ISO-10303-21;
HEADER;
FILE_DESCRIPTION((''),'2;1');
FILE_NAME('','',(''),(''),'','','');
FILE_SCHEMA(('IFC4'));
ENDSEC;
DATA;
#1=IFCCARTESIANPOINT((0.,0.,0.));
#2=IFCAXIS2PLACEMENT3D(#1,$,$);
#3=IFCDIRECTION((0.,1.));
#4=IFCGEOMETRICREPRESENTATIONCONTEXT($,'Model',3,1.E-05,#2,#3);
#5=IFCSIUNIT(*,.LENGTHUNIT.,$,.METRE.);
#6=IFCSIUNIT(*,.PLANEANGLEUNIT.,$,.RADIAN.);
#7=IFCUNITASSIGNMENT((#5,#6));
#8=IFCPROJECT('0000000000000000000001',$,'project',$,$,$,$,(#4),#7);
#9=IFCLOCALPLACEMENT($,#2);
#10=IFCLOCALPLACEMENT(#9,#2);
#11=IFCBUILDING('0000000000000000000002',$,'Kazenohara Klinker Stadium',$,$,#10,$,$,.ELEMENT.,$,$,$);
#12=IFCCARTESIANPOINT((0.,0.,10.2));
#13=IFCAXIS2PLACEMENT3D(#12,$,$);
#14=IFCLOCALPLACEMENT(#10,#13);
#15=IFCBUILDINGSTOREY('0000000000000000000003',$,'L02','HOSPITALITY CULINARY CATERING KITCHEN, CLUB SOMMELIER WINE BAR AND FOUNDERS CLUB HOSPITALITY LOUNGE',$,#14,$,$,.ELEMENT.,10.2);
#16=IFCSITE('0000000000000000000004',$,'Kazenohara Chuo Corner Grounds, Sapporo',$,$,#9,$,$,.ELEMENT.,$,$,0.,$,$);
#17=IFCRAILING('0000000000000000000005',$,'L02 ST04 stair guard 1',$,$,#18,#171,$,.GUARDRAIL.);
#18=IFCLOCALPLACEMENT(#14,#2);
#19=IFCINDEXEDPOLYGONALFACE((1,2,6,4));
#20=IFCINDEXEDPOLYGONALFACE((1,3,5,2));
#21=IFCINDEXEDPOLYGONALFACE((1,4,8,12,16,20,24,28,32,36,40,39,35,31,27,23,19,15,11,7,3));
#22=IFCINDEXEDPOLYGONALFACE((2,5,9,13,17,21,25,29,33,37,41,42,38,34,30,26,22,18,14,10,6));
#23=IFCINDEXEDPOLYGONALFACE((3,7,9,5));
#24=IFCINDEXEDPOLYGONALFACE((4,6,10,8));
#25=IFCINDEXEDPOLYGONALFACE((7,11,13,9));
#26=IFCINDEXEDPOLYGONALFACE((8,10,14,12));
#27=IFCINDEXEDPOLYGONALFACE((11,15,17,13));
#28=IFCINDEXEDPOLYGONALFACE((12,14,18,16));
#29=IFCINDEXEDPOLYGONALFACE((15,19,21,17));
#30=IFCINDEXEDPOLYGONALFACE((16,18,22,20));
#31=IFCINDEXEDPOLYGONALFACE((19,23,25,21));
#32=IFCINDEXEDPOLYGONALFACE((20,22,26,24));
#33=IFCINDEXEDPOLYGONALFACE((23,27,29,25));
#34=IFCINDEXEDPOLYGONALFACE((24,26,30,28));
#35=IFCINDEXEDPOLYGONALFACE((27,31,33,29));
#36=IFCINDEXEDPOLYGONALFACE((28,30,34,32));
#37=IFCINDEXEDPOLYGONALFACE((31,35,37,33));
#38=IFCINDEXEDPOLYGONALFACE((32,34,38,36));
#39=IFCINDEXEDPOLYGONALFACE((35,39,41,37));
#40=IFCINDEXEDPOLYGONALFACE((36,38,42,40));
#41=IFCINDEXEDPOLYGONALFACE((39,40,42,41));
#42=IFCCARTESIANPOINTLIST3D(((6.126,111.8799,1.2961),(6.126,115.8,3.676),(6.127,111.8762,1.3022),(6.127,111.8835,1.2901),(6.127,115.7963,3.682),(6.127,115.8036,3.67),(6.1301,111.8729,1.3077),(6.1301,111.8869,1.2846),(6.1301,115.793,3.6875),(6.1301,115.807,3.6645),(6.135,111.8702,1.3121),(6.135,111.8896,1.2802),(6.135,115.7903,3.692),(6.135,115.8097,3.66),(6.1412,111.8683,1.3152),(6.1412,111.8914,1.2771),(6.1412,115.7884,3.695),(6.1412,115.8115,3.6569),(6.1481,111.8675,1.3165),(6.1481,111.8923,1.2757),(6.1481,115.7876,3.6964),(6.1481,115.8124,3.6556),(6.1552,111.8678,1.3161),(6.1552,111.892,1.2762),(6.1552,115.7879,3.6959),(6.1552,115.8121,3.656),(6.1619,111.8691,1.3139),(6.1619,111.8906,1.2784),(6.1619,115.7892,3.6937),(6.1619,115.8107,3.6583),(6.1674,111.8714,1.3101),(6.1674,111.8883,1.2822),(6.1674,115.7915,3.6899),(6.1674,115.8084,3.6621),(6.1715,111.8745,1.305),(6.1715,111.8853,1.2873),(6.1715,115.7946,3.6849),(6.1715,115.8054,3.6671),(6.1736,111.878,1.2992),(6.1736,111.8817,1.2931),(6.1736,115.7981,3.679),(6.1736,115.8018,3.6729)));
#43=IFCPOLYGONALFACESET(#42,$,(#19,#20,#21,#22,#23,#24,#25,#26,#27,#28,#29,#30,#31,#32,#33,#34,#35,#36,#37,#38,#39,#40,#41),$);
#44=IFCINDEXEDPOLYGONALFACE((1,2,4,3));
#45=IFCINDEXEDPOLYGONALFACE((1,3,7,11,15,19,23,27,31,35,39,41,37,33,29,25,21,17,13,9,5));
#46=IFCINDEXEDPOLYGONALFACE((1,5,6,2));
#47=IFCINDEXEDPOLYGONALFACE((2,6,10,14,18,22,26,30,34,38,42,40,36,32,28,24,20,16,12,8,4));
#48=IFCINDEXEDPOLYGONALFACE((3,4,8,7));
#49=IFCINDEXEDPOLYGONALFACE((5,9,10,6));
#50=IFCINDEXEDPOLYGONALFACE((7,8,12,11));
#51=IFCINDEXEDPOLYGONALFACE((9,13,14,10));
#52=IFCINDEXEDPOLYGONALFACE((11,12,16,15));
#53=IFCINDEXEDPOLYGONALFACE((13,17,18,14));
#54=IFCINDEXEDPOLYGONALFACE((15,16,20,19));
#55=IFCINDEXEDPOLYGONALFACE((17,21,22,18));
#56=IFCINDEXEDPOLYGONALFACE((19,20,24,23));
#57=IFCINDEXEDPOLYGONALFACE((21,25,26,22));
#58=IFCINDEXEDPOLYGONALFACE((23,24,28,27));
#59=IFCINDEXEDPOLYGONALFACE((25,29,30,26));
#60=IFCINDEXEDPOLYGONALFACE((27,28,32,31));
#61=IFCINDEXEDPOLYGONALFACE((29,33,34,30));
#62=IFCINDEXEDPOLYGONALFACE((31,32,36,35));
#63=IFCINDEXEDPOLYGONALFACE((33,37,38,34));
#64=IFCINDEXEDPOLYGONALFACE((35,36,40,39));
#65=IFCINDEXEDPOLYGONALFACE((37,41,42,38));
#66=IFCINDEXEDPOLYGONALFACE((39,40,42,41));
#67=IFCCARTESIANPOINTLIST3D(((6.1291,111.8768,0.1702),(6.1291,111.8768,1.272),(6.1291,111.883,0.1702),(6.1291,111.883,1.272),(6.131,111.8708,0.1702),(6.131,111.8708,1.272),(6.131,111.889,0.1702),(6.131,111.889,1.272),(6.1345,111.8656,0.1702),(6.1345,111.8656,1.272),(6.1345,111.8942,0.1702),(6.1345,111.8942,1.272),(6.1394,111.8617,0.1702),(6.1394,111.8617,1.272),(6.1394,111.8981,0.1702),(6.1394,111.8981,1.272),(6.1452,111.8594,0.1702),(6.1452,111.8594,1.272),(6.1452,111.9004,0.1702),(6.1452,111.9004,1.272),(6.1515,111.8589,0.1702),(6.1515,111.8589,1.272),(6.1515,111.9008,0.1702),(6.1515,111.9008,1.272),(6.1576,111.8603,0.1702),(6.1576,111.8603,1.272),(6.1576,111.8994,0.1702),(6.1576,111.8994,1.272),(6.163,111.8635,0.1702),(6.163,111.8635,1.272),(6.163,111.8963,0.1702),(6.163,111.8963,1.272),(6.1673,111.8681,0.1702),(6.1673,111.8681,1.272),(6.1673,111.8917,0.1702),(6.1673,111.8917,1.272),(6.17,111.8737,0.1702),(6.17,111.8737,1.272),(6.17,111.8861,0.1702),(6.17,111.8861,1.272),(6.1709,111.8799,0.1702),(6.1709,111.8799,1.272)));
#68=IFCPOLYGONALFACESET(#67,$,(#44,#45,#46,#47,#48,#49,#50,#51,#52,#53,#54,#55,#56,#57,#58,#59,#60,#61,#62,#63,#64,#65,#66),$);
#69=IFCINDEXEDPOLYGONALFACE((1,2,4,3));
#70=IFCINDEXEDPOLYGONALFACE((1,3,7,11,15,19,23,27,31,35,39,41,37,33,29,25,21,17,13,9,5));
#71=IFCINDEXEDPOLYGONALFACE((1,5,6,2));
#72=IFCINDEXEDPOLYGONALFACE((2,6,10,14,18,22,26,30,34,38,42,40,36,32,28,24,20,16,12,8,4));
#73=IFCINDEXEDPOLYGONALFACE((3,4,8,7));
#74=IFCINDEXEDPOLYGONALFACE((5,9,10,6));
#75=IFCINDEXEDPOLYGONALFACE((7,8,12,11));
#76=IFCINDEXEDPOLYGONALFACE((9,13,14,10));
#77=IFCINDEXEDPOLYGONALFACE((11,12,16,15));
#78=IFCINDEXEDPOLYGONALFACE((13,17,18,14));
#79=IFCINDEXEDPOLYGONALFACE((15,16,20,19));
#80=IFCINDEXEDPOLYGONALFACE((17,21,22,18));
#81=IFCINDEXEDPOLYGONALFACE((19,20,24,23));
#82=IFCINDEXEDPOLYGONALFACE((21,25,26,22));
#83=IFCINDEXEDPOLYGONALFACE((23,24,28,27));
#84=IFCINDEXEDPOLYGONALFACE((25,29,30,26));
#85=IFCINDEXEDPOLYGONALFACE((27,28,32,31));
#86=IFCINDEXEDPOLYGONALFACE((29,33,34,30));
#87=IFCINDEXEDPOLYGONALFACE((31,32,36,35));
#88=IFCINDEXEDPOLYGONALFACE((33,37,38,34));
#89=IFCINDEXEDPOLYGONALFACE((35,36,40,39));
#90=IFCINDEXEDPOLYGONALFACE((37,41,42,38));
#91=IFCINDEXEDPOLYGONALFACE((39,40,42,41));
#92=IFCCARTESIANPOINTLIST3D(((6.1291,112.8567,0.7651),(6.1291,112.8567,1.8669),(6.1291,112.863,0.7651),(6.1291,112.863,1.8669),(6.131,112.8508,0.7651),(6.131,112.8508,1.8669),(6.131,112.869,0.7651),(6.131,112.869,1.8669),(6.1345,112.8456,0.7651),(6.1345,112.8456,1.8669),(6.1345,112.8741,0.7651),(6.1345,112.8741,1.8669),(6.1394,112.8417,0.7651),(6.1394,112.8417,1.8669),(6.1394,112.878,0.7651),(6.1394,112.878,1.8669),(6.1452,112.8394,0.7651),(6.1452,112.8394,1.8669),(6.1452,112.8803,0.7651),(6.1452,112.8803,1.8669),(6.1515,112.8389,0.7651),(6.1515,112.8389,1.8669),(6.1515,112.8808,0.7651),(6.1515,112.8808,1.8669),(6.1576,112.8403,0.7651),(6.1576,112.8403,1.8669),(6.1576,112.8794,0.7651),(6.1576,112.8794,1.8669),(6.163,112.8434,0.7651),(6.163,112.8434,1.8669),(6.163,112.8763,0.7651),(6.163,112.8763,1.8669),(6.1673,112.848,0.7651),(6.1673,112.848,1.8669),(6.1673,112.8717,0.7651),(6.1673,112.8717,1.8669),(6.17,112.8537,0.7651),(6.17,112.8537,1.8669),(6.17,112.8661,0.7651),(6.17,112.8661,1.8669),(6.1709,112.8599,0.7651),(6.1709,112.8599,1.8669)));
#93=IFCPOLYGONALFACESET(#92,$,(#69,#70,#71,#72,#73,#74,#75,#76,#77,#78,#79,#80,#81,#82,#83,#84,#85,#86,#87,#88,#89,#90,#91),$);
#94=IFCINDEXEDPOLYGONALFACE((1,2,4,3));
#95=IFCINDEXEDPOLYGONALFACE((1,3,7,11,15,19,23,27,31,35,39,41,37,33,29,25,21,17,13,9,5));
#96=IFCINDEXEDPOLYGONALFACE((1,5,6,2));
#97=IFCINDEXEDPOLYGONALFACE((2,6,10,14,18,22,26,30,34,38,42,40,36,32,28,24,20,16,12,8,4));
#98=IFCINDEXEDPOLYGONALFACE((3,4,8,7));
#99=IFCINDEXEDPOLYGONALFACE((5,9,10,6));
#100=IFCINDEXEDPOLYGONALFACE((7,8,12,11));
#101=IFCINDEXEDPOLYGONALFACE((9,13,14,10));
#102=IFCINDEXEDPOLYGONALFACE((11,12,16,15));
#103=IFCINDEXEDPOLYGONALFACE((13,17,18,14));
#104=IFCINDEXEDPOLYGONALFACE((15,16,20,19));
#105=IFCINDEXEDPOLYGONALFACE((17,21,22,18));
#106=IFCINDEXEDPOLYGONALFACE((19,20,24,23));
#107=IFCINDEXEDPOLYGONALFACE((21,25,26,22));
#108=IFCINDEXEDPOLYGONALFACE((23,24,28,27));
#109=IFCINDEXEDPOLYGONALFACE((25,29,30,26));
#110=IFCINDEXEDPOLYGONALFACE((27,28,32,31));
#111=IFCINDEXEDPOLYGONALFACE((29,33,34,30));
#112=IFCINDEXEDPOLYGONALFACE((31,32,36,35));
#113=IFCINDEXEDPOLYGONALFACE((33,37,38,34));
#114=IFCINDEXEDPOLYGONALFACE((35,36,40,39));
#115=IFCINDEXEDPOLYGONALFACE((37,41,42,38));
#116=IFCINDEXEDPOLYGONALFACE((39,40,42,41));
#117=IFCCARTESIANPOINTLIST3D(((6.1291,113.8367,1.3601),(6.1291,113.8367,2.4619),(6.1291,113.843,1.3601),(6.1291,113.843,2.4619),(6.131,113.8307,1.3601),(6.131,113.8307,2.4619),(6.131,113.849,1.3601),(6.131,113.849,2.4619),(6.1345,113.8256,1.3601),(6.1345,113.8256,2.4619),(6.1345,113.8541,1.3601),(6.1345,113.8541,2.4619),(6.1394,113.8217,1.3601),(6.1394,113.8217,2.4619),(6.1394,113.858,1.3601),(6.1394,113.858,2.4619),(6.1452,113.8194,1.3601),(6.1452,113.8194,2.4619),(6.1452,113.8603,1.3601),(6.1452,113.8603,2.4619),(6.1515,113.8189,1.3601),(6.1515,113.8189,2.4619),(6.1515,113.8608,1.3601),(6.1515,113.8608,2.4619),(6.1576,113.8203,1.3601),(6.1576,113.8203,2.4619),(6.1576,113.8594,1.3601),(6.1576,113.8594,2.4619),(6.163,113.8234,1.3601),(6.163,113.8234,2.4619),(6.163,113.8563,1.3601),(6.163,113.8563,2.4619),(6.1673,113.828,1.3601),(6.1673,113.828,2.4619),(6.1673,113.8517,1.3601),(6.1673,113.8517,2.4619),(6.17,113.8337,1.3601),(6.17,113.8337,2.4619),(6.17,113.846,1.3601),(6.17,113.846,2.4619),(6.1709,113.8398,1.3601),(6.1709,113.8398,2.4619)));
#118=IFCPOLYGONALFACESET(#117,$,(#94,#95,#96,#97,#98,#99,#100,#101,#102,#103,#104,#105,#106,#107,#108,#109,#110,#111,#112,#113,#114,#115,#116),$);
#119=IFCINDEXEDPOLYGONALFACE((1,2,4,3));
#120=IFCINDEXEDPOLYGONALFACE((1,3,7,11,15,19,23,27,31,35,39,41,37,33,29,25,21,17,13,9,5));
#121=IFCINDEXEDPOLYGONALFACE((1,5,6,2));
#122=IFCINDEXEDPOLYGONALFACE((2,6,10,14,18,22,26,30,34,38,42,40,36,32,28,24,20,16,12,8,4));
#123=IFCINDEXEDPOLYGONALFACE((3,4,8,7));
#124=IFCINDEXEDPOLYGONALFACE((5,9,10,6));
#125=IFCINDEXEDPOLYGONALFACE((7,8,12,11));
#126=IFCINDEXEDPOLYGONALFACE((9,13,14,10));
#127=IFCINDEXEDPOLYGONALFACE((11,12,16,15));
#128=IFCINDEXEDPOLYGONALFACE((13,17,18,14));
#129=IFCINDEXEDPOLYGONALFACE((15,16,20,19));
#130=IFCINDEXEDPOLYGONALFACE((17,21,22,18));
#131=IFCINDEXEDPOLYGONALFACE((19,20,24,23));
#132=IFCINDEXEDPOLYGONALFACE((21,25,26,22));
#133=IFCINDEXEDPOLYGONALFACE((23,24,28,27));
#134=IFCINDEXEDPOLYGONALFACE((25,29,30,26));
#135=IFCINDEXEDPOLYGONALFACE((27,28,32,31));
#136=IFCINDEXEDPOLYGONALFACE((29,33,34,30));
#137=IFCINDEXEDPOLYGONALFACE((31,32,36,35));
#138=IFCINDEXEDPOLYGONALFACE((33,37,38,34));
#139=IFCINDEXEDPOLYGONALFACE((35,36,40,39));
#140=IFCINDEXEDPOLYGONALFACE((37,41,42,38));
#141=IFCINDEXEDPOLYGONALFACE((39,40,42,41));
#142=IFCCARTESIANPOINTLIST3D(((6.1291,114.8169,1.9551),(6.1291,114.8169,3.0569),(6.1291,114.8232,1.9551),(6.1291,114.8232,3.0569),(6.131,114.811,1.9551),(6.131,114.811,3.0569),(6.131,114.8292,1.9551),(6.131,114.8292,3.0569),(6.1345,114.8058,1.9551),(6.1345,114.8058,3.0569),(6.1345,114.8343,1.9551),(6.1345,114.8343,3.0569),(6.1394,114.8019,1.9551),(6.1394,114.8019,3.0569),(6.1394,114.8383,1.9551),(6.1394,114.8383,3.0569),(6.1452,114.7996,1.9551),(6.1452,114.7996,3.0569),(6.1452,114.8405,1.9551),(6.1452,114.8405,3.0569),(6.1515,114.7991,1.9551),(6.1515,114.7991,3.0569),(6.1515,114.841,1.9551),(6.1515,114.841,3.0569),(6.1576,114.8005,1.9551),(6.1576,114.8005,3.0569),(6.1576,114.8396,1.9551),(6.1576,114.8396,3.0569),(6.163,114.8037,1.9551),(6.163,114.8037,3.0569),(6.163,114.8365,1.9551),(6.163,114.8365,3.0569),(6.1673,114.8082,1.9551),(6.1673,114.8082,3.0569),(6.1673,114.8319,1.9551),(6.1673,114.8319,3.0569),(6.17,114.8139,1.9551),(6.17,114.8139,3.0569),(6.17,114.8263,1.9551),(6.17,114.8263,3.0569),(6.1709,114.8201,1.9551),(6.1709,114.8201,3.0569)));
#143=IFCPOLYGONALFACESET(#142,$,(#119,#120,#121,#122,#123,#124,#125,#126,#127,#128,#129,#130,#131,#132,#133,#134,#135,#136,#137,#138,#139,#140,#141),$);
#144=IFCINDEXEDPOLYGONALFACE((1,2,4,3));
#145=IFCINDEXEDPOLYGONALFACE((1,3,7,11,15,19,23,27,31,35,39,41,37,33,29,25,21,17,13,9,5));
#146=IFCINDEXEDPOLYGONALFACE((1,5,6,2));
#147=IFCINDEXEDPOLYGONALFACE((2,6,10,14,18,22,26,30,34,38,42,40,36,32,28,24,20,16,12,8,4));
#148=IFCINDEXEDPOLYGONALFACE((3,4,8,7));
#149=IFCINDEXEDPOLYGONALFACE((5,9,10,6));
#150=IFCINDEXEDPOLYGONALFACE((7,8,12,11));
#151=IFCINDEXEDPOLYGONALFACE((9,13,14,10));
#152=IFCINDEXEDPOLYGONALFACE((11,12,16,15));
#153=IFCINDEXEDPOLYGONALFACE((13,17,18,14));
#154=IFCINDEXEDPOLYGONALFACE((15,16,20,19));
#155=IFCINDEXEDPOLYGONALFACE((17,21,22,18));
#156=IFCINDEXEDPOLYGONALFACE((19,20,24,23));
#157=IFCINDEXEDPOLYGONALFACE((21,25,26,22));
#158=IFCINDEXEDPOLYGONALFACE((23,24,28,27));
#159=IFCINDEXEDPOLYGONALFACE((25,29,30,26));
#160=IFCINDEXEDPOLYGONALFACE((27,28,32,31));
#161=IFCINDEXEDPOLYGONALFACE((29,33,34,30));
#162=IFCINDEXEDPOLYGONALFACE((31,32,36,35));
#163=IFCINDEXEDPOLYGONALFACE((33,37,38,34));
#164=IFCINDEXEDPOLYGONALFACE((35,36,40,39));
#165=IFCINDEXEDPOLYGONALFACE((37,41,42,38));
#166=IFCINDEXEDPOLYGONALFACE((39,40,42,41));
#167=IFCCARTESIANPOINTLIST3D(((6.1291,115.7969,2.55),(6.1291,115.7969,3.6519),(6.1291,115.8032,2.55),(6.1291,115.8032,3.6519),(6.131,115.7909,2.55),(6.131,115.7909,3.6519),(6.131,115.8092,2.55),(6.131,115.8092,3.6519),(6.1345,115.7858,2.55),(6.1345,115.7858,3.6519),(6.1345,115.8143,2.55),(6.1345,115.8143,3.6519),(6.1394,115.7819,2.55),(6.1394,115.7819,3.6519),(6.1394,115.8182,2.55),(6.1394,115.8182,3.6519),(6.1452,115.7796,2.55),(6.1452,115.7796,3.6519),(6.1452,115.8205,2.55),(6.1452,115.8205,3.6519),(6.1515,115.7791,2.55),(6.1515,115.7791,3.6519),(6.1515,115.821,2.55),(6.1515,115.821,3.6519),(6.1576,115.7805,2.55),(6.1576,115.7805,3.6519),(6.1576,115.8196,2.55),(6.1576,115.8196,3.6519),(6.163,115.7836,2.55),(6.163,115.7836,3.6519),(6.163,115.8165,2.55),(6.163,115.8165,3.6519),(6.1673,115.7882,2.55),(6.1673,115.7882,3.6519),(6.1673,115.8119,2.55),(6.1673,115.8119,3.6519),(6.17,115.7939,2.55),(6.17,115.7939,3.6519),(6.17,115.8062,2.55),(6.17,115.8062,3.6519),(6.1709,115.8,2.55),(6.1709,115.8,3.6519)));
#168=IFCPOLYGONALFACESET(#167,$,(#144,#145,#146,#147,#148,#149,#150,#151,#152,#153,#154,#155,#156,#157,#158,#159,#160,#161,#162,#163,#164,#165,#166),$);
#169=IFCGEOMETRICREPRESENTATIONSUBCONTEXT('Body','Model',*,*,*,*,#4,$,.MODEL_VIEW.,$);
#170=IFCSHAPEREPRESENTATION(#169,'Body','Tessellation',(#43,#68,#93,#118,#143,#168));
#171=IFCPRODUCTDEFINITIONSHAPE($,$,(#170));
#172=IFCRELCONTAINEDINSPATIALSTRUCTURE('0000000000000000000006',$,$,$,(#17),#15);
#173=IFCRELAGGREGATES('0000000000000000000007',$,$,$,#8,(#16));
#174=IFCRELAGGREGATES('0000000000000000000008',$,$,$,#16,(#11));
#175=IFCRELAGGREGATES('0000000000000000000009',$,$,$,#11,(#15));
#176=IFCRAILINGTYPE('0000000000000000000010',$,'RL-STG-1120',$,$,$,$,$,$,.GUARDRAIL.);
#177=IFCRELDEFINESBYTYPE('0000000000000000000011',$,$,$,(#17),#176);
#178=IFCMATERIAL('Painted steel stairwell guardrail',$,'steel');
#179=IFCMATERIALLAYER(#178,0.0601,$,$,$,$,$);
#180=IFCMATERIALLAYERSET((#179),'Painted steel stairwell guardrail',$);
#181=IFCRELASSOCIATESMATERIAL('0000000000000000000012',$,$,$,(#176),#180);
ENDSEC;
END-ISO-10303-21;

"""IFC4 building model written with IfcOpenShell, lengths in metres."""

from ifc_helpers import new_model, si_unit, direction, frame, origin, origin_2d, place, context, subcontext, project, spatial, circle, extrude, material, layer, layer_set, type_object, element, save


model = new_model("IFC4")

# Units and contexts
model_context = context("Model", 3, precision=1e-05, world=origin(), true_north=direction((0.0, 1.0)))
body_context = subcontext(model_context, "Body", "Model", "MODEL_VIEW")
ifc_project = project(units=[si_unit("LENGTHUNIT", "METRE"), si_unit("PLANEANGLEUNIT", "RADIAN")], contexts=[model_context])

# Site, building, storey
site_placement = place(None, origin())
site = spatial("IfcSite", under=ifc_project, at=site_placement, Name="Kazenohara Chuo Corner Grounds, Sapporo", CompositionType="ELEMENT", RefElevation=0.0)
building_placement = place(site_placement, origin())
building = spatial("IfcBuilding", under=site, at=building_placement, Name="Kazenohara Klinker Stadium", CompositionType="ELEMENT")
storey_placement = place(building_placement, frame((0.0, 0.0, 10.2)))
storey = spatial("IfcBuildingStorey", under=building, at=storey_placement, Name="L02", Description="HOSPITALITY CULINARY CATERING KITCHEN, CLUB SOMMELIER WINE BAR AND FOUNDERS CLUB HOSPITALITY LOUNGE", CompositionType="ELEMENT", Elevation=10.2)

# Railing
ifc_material_1 = material(Name="Painted steel stairwell guardrail", Category="steel")
ifc_layer_1 = layer(ifc_material_1, 0.0601)
ifc_layer_set_1 = layer_set([ifc_layer_1], Name="Painted steel stairwell guardrail")
railing_type_1 = type_object("IfcRailingType", Name="RL-STG-1120", PredefinedType="GUARDRAIL", material=ifc_layer_set_1)
railing_1_placement = place(storey_placement, frame((6.1499, 111.8799, 0.1702)))
element("IfcRailing", 1, at=railing_1_placement, inside=storey, type_object=railing_type_1, Name="L02 ST04 stair guard 1", PredefinedType="GUARDRAIL", context=body_context, shape_type="SweptSolid", body=[
    extrude(circle(Radius=0.0239, at=origin_2d()), frame((0.0, 0.0, 1.126), z_axis=(0.0, 0.854809, 0.518943), x_axis=(-1.0, 0.0, 0.0)), (0.0, 0.0, 1.0), 4.5859),
    extrude(circle(Radius=0.021, at=origin_2d()), origin(), (0.0, 0.0, 1.0), 1.1018),
    extrude(circle(Radius=0.021, at=origin_2d()), frame((0.0, 0.98, 0.595)), (0.0, 0.0, 1.0), 1.1018),
    extrude(circle(Radius=0.021, at=origin_2d()), frame((0.0, 1.96, 1.1899)), (0.0, 0.0, 1.0), 1.1018),
    extrude(circle(Radius=0.021, at=origin_2d()), frame((0.0, 2.9402, 1.7849)), (0.0, 0.0, 1.0), 1.1018),
    extrude(circle(Radius=0.021, at=origin_2d()), frame((0.0, 3.9202, 2.3799)), (0.0, 0.0, 1.0), 1.1018),
])

save(model, "model.ifc")
